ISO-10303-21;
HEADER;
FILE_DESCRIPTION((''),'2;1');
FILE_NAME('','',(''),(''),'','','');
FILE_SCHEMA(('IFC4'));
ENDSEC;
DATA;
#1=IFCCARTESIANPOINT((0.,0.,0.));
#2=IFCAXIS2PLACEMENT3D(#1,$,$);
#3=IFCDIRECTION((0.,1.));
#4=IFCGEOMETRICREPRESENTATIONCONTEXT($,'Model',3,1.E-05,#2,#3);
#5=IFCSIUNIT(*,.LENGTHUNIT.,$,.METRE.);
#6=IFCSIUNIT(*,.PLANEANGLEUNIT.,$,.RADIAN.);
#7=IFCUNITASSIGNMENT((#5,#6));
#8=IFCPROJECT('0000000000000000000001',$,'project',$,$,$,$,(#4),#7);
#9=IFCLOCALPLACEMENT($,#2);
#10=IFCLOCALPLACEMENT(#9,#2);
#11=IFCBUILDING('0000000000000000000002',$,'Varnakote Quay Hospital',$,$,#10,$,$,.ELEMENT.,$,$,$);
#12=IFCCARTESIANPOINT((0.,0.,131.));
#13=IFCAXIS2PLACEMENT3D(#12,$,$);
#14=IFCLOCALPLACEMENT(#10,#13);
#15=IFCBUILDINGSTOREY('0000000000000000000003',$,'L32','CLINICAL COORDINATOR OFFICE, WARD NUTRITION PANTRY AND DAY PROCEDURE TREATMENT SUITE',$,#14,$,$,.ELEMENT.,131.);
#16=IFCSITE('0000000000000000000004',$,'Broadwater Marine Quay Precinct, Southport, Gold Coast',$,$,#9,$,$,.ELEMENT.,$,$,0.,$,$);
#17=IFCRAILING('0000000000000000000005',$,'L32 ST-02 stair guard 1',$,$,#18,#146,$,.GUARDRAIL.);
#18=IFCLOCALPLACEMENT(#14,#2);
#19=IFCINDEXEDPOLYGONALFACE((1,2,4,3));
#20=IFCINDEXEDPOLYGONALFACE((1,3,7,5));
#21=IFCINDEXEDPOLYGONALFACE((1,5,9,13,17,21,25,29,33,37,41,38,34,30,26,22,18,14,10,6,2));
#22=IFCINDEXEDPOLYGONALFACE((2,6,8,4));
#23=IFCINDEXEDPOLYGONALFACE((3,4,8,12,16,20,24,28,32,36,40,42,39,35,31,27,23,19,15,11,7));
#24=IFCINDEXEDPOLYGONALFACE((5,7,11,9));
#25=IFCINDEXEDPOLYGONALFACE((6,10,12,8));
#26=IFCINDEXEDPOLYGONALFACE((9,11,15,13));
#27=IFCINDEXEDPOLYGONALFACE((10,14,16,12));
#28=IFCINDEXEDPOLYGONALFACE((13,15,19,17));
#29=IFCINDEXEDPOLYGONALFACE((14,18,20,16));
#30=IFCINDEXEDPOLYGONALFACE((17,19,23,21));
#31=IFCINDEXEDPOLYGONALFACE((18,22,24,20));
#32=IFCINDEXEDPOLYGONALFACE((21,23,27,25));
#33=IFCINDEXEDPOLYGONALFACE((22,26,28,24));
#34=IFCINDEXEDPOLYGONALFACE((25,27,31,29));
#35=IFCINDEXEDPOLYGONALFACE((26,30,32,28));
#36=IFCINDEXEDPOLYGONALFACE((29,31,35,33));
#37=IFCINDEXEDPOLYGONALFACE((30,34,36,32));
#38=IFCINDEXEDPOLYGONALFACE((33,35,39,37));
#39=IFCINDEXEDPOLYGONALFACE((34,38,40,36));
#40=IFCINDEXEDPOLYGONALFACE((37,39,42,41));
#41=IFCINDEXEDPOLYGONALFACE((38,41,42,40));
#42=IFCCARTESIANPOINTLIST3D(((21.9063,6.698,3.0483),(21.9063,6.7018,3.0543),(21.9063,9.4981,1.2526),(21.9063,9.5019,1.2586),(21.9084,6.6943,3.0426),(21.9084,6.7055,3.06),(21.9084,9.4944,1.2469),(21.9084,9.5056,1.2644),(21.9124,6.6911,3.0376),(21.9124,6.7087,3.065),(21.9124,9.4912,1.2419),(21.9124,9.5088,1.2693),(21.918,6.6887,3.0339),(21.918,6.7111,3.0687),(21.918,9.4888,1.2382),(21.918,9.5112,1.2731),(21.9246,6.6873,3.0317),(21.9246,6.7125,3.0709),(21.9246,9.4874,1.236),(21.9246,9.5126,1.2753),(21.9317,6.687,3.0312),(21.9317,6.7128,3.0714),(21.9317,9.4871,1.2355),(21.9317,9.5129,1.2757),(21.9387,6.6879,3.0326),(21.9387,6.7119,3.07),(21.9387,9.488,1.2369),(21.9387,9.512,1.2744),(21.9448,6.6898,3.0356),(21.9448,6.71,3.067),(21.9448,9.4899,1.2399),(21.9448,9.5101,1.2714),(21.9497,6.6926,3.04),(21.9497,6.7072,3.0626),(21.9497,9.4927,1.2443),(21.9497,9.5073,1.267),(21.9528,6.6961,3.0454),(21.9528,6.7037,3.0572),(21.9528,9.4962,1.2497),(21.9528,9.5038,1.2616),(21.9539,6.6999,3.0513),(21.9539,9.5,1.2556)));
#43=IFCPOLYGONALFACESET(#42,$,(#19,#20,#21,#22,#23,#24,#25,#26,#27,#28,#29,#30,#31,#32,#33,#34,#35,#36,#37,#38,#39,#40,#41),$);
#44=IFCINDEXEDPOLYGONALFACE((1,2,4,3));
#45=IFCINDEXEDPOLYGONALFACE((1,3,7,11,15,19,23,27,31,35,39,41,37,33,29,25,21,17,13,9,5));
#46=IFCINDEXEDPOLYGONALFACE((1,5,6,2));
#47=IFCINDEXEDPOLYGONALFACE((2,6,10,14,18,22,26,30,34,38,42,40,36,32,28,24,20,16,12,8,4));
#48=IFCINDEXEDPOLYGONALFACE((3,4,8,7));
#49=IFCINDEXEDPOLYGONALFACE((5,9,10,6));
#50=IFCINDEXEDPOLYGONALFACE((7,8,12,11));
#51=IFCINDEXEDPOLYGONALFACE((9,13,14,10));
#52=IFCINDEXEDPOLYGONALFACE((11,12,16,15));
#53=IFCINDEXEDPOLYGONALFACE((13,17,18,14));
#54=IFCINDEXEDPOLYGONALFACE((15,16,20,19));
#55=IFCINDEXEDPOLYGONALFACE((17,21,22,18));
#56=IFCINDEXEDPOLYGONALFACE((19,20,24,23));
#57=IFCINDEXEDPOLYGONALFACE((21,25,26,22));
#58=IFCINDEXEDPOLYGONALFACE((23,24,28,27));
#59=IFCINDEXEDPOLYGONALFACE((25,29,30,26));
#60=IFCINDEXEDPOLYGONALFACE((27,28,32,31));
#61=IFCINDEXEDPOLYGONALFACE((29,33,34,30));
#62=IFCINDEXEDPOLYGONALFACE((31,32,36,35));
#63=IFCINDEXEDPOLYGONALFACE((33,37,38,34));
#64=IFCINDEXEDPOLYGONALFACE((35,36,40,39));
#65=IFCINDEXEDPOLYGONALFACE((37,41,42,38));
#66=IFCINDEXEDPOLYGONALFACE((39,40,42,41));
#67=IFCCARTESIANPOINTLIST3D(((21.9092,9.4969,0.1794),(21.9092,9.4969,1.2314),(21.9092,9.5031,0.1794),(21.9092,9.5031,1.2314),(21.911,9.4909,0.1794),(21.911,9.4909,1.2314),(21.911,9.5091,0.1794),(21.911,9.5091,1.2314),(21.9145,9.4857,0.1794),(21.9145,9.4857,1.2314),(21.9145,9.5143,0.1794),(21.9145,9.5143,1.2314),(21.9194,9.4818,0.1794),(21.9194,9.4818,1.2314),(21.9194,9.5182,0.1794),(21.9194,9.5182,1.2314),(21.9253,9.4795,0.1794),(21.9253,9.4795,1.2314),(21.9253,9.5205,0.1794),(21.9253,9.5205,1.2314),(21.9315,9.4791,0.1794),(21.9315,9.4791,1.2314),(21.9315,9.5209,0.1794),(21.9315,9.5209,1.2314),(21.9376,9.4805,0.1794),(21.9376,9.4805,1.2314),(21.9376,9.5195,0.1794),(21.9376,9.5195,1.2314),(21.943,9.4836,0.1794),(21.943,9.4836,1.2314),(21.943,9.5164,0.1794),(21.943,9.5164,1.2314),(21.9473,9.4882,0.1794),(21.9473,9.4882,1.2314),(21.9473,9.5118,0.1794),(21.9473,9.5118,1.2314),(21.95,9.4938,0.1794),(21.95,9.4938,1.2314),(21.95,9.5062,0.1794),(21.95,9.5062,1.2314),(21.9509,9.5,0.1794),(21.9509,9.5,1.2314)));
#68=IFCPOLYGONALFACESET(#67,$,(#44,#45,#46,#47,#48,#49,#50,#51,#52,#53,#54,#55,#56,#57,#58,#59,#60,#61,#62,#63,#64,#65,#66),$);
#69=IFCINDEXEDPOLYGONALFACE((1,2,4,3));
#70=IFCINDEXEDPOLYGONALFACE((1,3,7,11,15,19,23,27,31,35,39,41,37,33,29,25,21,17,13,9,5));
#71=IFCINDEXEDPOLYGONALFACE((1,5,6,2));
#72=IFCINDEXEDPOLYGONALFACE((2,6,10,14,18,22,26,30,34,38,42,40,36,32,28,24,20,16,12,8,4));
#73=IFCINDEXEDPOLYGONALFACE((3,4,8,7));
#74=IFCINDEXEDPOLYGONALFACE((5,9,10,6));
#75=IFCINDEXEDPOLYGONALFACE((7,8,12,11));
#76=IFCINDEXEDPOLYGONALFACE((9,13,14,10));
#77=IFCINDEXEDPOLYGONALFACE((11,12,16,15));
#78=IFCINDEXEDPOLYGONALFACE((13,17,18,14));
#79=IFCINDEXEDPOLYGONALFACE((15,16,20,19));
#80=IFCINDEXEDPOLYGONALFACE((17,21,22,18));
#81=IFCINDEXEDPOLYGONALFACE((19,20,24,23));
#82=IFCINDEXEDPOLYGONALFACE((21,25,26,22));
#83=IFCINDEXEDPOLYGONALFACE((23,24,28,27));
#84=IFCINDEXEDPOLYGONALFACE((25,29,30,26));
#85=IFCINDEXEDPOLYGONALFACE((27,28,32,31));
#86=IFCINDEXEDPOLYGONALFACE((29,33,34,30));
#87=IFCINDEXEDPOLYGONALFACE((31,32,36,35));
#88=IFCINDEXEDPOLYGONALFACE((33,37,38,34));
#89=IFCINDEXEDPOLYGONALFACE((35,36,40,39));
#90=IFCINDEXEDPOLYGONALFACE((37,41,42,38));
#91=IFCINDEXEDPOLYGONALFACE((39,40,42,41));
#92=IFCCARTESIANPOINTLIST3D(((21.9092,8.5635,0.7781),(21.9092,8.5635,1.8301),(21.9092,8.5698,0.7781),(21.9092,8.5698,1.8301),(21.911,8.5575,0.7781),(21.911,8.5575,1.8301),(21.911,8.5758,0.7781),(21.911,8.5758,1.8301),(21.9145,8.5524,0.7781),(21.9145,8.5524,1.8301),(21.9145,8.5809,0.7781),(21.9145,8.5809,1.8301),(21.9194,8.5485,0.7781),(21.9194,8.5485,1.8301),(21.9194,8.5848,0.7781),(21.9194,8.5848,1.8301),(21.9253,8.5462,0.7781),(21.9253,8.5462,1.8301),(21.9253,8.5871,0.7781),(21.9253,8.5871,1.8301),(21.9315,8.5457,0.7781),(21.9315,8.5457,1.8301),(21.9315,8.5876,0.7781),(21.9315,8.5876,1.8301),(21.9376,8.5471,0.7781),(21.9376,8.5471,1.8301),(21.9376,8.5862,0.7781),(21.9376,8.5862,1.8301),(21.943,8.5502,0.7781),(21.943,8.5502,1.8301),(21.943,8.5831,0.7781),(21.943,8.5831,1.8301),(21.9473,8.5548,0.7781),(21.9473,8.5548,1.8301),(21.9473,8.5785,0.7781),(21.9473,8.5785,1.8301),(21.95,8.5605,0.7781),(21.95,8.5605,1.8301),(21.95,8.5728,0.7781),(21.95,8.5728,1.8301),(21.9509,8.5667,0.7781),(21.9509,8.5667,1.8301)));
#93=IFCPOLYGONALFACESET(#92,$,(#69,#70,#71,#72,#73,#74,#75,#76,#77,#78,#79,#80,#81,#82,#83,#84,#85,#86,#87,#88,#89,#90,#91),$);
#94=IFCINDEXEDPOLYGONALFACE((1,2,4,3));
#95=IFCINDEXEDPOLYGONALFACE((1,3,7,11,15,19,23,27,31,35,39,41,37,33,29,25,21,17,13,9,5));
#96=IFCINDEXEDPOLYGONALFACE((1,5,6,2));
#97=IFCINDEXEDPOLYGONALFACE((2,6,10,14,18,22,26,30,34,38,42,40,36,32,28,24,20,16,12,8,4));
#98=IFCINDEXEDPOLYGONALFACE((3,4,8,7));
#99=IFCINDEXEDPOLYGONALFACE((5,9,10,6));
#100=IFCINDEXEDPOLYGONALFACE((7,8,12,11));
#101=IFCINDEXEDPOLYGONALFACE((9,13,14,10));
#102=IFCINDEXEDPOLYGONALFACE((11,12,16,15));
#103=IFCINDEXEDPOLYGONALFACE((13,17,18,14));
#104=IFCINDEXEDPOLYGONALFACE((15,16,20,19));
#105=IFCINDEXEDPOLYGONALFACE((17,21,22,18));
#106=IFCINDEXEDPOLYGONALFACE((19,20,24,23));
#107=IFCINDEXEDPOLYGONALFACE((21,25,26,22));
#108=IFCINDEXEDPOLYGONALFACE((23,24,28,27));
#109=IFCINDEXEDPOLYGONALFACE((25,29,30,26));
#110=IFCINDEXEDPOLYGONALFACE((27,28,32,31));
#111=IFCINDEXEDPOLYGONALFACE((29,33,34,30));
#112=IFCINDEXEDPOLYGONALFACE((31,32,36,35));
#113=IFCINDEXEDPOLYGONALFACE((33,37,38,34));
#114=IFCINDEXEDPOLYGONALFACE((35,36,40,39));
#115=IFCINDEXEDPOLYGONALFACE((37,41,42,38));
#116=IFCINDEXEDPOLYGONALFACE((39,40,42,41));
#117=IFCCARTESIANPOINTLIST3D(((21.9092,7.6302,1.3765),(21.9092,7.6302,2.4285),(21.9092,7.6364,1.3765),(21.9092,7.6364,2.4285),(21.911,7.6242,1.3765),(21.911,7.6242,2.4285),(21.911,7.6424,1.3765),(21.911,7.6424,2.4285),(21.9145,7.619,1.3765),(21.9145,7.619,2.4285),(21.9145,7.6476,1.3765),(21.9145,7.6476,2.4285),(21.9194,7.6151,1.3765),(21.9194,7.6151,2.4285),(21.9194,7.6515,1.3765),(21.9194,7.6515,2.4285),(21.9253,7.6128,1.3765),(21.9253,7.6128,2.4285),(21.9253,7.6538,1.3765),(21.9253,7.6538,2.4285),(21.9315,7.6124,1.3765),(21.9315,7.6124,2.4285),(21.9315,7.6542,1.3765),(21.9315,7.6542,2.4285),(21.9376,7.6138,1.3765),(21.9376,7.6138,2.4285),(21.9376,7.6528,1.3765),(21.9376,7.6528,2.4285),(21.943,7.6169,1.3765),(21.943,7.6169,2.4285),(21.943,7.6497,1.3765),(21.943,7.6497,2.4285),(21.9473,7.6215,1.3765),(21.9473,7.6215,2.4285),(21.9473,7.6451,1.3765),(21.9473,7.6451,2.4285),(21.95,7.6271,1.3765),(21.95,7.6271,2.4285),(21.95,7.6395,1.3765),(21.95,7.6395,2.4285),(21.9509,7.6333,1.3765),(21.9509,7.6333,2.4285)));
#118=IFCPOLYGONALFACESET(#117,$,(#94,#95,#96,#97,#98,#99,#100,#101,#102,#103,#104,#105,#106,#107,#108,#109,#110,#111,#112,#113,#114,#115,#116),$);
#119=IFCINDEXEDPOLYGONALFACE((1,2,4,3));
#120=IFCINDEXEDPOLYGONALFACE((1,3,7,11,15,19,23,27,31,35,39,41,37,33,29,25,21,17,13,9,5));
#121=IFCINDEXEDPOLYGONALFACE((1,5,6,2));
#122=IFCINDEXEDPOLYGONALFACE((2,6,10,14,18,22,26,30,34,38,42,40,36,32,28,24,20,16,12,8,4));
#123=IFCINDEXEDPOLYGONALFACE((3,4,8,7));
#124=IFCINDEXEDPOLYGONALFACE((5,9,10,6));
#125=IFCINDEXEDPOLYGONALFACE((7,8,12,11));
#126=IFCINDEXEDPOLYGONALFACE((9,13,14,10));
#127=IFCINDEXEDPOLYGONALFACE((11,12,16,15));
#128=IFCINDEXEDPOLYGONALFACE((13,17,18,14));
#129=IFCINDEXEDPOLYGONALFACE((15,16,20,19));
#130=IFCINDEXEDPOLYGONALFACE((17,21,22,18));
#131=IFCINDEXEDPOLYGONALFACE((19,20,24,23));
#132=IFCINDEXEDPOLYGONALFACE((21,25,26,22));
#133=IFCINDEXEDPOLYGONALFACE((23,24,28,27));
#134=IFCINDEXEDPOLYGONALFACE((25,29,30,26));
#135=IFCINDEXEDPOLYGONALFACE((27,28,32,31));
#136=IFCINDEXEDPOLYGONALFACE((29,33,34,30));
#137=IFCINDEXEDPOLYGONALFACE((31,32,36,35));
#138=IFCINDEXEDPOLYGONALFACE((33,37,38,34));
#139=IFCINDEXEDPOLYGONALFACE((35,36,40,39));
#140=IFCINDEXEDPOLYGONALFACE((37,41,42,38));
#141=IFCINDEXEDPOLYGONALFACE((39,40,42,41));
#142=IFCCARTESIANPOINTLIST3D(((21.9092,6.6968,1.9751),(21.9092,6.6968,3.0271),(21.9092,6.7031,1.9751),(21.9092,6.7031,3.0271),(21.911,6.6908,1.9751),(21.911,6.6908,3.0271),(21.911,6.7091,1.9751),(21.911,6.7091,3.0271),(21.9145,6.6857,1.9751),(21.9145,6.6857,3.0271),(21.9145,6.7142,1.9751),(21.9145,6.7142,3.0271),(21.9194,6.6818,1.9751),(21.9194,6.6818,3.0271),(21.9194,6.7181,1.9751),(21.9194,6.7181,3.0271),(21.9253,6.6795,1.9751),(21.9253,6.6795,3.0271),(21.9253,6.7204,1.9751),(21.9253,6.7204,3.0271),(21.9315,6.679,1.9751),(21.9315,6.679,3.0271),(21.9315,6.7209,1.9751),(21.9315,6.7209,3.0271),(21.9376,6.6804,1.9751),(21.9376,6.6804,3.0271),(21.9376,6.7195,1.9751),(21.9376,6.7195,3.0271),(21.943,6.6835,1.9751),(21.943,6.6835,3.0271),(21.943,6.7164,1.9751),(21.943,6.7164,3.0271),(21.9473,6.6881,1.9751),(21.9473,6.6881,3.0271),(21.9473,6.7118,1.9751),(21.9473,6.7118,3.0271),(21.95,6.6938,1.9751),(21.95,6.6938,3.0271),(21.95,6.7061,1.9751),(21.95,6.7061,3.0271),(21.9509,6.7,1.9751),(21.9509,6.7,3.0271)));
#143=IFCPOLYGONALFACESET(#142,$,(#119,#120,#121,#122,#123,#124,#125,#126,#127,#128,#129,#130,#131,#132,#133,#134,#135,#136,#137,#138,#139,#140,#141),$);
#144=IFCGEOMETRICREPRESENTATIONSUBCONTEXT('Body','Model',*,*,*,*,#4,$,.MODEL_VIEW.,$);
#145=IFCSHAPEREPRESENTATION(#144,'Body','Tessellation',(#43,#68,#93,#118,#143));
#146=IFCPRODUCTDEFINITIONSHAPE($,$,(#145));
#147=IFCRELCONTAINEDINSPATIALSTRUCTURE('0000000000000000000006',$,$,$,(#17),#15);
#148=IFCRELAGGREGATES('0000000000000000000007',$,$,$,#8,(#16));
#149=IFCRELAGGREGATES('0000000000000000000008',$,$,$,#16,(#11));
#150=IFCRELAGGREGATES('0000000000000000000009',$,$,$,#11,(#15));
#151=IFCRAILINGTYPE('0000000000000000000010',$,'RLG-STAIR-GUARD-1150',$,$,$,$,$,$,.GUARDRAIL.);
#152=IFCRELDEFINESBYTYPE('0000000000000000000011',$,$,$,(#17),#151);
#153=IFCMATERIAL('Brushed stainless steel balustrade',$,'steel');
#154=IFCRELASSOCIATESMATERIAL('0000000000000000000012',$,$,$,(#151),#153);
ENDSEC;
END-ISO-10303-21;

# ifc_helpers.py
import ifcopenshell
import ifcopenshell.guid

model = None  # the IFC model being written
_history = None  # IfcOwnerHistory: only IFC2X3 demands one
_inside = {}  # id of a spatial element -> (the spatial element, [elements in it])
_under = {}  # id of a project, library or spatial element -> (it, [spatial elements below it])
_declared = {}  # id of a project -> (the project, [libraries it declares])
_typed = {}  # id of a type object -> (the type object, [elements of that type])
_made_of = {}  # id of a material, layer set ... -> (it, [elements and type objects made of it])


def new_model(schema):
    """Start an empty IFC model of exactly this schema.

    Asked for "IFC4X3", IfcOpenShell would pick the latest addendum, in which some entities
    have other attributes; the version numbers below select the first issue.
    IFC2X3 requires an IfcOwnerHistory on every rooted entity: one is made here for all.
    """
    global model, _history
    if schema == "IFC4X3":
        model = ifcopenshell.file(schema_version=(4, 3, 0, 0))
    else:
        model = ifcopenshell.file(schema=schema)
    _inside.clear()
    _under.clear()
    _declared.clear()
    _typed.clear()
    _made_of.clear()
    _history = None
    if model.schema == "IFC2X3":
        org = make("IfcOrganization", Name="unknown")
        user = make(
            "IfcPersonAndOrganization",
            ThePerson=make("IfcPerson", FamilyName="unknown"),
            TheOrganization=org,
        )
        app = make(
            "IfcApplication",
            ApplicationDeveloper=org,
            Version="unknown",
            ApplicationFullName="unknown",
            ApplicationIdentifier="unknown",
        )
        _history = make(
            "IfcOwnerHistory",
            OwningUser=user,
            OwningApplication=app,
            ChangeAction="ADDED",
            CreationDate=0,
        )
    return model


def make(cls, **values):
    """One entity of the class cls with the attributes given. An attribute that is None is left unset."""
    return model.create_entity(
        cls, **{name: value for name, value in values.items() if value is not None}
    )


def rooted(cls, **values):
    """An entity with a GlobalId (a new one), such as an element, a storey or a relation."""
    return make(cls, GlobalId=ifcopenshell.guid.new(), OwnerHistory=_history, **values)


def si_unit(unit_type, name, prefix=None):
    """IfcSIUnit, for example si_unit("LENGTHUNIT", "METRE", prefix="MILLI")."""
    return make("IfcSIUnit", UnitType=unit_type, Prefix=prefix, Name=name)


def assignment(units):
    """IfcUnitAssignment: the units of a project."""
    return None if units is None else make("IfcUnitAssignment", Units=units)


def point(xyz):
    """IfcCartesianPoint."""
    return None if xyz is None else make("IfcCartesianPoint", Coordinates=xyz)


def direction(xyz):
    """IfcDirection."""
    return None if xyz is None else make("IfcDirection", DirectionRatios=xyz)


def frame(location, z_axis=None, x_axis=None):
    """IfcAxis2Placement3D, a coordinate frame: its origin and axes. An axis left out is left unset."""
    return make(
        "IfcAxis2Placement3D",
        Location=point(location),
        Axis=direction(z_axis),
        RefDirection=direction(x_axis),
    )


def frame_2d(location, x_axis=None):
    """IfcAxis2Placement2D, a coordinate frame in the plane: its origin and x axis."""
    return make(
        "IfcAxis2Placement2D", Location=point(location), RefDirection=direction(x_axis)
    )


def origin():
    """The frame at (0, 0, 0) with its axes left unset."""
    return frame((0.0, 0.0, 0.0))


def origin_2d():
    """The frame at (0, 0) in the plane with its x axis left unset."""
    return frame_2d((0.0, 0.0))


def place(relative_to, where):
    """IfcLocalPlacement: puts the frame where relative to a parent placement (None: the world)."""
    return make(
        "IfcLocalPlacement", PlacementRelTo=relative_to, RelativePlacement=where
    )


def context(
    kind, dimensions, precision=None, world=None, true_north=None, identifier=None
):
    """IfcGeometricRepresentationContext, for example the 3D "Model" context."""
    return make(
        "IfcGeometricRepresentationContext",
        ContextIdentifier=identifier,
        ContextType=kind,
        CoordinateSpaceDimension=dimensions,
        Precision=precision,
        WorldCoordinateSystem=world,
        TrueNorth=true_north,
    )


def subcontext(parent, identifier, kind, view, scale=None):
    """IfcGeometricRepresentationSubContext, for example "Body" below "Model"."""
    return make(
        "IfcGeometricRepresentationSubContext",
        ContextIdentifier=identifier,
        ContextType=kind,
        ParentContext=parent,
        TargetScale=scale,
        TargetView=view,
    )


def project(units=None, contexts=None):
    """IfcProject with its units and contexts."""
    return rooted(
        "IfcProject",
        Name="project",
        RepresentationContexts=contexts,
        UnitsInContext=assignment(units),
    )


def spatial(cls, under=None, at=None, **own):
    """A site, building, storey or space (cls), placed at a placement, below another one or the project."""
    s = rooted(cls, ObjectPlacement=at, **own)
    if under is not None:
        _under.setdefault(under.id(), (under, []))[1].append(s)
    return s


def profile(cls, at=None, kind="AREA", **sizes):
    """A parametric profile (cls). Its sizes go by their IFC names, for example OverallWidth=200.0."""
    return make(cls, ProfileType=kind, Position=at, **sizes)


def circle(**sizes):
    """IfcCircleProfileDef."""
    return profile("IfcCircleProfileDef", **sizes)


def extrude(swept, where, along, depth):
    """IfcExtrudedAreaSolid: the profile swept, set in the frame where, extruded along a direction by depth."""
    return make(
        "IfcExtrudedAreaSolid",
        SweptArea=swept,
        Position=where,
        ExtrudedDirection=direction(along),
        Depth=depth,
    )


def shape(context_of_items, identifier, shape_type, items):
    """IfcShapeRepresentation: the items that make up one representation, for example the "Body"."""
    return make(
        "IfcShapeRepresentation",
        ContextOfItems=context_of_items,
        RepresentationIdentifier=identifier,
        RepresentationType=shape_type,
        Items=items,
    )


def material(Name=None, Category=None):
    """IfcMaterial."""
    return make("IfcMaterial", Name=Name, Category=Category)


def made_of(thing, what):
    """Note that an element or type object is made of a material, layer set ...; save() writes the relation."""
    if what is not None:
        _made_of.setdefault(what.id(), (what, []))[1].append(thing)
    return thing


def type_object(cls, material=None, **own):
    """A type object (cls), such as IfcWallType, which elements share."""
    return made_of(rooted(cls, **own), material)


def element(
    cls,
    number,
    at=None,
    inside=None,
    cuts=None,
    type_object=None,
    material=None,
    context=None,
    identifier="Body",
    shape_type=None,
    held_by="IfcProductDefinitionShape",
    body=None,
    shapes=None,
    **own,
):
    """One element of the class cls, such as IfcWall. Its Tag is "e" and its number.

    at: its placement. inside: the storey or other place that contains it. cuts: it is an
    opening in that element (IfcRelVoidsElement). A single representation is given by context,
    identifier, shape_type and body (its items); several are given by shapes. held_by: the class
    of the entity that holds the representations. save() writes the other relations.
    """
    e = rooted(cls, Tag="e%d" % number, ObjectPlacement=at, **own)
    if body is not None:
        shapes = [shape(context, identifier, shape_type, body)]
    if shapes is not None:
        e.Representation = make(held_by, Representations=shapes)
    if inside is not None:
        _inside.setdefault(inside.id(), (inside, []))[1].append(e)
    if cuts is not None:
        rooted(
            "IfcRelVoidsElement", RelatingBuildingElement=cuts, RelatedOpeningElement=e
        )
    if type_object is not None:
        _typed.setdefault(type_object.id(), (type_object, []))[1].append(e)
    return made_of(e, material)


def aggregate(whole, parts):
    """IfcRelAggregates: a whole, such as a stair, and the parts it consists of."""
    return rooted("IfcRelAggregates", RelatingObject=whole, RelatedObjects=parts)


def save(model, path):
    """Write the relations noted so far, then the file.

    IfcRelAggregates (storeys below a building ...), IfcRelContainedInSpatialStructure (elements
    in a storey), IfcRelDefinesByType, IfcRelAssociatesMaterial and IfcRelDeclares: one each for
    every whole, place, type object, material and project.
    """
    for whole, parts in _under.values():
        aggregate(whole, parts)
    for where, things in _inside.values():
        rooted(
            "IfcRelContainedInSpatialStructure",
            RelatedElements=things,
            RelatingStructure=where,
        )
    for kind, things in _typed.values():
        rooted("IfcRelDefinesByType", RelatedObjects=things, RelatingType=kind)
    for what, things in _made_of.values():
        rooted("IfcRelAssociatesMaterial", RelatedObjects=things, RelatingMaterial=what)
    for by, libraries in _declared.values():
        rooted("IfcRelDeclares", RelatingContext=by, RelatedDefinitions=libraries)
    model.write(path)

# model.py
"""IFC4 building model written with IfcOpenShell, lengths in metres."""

from ifc_helpers import new_model, si_unit, direction, frame, origin, origin_2d, place, context, subcontext, project, spatial, circle, extrude, material, type_object, element, save


model = new_model("IFC4")

# Units and contexts
model_context = context("Model", 3, precision=1e-05, world=origin(), true_north=direction((0.0, 1.0)))
body_context = subcontext(model_context, "Body", "Model", "MODEL_VIEW")
ifc_project = project(units=[si_unit("LENGTHUNIT", "METRE"), si_unit("PLANEANGLEUNIT", "RADIAN")], contexts=[model_context])

# Site, building, storey
site_placement = place(None, origin())
site = spatial("IfcSite", under=ifc_project, at=site_placement, Name="Broadwater Marine Quay Precinct, Southport, Gold Coast", CompositionType="ELEMENT", RefElevation=0.0)
building_placement = place(site_placement, origin())
building = spatial("IfcBuilding", under=site, at=building_placement, Name="Varnakote Quay Hospital", CompositionType="ELEMENT")
storey_placement = place(building_placement, frame((0.0, 0.0, 131.0)))
storey = spatial("IfcBuildingStorey", under=building, at=storey_placement, Name="L32", Description="CLINICAL COORDINATOR OFFICE, WARD NUTRITION PANTRY AND DAY PROCEDURE TREATMENT SUITE", CompositionType="ELEMENT", Elevation=131.0)

# Railing
ifc_material_1 = material(Name="Brushed stainless steel balustrade", Category="steel")
railing_type_1 = type_object("IfcRailingType", Name="RLG-STAIR-GUARD-1150", PredefinedType="GUARDRAIL", material=ifc_material_1)
railing_1_placement = place(storey_placement, frame((21.9299, 9.5, 0.1794)))
element("IfcRailing", 1, at=railing_1_placement, inside=storey, type_object=railing_type_1, Name="L32 ST-02 stair guard 1", PredefinedType="GUARDRAIL", context=body_context, shape_type="SweptSolid", body=[
    extrude(circle(Radius=0.0239, at=origin_2d()), frame((0.0, 0.0, 1.0762), z_axis=(0.0, -0.841777, 0.539826), x_axis=(1.0, 0.0, 0.0)), (0.0, 0.0, 1.0), 3.3264),
    extrude(circle(Radius=0.021, at=origin_2d()), origin(), (0.0, 0.0, 1.0), 1.052),
    extrude(circle(Radius=0.021, at=origin_2d()), frame((0.0, -0.9333, 0.5986)), (0.0, 0.0, 1.0), 1.052),
    extrude(circle(Radius=0.021, at=origin_2d()), frame((0.0, -1.8667, 1.197)), (0.0, 0.0, 1.0), 1.052),
    extrude(circle(Radius=0.021, at=origin_2d()), frame((0.0, -2.8, 1.7957)), (0.0, 0.0, 1.0), 1.052),
])

save(model, "model.ifc")
